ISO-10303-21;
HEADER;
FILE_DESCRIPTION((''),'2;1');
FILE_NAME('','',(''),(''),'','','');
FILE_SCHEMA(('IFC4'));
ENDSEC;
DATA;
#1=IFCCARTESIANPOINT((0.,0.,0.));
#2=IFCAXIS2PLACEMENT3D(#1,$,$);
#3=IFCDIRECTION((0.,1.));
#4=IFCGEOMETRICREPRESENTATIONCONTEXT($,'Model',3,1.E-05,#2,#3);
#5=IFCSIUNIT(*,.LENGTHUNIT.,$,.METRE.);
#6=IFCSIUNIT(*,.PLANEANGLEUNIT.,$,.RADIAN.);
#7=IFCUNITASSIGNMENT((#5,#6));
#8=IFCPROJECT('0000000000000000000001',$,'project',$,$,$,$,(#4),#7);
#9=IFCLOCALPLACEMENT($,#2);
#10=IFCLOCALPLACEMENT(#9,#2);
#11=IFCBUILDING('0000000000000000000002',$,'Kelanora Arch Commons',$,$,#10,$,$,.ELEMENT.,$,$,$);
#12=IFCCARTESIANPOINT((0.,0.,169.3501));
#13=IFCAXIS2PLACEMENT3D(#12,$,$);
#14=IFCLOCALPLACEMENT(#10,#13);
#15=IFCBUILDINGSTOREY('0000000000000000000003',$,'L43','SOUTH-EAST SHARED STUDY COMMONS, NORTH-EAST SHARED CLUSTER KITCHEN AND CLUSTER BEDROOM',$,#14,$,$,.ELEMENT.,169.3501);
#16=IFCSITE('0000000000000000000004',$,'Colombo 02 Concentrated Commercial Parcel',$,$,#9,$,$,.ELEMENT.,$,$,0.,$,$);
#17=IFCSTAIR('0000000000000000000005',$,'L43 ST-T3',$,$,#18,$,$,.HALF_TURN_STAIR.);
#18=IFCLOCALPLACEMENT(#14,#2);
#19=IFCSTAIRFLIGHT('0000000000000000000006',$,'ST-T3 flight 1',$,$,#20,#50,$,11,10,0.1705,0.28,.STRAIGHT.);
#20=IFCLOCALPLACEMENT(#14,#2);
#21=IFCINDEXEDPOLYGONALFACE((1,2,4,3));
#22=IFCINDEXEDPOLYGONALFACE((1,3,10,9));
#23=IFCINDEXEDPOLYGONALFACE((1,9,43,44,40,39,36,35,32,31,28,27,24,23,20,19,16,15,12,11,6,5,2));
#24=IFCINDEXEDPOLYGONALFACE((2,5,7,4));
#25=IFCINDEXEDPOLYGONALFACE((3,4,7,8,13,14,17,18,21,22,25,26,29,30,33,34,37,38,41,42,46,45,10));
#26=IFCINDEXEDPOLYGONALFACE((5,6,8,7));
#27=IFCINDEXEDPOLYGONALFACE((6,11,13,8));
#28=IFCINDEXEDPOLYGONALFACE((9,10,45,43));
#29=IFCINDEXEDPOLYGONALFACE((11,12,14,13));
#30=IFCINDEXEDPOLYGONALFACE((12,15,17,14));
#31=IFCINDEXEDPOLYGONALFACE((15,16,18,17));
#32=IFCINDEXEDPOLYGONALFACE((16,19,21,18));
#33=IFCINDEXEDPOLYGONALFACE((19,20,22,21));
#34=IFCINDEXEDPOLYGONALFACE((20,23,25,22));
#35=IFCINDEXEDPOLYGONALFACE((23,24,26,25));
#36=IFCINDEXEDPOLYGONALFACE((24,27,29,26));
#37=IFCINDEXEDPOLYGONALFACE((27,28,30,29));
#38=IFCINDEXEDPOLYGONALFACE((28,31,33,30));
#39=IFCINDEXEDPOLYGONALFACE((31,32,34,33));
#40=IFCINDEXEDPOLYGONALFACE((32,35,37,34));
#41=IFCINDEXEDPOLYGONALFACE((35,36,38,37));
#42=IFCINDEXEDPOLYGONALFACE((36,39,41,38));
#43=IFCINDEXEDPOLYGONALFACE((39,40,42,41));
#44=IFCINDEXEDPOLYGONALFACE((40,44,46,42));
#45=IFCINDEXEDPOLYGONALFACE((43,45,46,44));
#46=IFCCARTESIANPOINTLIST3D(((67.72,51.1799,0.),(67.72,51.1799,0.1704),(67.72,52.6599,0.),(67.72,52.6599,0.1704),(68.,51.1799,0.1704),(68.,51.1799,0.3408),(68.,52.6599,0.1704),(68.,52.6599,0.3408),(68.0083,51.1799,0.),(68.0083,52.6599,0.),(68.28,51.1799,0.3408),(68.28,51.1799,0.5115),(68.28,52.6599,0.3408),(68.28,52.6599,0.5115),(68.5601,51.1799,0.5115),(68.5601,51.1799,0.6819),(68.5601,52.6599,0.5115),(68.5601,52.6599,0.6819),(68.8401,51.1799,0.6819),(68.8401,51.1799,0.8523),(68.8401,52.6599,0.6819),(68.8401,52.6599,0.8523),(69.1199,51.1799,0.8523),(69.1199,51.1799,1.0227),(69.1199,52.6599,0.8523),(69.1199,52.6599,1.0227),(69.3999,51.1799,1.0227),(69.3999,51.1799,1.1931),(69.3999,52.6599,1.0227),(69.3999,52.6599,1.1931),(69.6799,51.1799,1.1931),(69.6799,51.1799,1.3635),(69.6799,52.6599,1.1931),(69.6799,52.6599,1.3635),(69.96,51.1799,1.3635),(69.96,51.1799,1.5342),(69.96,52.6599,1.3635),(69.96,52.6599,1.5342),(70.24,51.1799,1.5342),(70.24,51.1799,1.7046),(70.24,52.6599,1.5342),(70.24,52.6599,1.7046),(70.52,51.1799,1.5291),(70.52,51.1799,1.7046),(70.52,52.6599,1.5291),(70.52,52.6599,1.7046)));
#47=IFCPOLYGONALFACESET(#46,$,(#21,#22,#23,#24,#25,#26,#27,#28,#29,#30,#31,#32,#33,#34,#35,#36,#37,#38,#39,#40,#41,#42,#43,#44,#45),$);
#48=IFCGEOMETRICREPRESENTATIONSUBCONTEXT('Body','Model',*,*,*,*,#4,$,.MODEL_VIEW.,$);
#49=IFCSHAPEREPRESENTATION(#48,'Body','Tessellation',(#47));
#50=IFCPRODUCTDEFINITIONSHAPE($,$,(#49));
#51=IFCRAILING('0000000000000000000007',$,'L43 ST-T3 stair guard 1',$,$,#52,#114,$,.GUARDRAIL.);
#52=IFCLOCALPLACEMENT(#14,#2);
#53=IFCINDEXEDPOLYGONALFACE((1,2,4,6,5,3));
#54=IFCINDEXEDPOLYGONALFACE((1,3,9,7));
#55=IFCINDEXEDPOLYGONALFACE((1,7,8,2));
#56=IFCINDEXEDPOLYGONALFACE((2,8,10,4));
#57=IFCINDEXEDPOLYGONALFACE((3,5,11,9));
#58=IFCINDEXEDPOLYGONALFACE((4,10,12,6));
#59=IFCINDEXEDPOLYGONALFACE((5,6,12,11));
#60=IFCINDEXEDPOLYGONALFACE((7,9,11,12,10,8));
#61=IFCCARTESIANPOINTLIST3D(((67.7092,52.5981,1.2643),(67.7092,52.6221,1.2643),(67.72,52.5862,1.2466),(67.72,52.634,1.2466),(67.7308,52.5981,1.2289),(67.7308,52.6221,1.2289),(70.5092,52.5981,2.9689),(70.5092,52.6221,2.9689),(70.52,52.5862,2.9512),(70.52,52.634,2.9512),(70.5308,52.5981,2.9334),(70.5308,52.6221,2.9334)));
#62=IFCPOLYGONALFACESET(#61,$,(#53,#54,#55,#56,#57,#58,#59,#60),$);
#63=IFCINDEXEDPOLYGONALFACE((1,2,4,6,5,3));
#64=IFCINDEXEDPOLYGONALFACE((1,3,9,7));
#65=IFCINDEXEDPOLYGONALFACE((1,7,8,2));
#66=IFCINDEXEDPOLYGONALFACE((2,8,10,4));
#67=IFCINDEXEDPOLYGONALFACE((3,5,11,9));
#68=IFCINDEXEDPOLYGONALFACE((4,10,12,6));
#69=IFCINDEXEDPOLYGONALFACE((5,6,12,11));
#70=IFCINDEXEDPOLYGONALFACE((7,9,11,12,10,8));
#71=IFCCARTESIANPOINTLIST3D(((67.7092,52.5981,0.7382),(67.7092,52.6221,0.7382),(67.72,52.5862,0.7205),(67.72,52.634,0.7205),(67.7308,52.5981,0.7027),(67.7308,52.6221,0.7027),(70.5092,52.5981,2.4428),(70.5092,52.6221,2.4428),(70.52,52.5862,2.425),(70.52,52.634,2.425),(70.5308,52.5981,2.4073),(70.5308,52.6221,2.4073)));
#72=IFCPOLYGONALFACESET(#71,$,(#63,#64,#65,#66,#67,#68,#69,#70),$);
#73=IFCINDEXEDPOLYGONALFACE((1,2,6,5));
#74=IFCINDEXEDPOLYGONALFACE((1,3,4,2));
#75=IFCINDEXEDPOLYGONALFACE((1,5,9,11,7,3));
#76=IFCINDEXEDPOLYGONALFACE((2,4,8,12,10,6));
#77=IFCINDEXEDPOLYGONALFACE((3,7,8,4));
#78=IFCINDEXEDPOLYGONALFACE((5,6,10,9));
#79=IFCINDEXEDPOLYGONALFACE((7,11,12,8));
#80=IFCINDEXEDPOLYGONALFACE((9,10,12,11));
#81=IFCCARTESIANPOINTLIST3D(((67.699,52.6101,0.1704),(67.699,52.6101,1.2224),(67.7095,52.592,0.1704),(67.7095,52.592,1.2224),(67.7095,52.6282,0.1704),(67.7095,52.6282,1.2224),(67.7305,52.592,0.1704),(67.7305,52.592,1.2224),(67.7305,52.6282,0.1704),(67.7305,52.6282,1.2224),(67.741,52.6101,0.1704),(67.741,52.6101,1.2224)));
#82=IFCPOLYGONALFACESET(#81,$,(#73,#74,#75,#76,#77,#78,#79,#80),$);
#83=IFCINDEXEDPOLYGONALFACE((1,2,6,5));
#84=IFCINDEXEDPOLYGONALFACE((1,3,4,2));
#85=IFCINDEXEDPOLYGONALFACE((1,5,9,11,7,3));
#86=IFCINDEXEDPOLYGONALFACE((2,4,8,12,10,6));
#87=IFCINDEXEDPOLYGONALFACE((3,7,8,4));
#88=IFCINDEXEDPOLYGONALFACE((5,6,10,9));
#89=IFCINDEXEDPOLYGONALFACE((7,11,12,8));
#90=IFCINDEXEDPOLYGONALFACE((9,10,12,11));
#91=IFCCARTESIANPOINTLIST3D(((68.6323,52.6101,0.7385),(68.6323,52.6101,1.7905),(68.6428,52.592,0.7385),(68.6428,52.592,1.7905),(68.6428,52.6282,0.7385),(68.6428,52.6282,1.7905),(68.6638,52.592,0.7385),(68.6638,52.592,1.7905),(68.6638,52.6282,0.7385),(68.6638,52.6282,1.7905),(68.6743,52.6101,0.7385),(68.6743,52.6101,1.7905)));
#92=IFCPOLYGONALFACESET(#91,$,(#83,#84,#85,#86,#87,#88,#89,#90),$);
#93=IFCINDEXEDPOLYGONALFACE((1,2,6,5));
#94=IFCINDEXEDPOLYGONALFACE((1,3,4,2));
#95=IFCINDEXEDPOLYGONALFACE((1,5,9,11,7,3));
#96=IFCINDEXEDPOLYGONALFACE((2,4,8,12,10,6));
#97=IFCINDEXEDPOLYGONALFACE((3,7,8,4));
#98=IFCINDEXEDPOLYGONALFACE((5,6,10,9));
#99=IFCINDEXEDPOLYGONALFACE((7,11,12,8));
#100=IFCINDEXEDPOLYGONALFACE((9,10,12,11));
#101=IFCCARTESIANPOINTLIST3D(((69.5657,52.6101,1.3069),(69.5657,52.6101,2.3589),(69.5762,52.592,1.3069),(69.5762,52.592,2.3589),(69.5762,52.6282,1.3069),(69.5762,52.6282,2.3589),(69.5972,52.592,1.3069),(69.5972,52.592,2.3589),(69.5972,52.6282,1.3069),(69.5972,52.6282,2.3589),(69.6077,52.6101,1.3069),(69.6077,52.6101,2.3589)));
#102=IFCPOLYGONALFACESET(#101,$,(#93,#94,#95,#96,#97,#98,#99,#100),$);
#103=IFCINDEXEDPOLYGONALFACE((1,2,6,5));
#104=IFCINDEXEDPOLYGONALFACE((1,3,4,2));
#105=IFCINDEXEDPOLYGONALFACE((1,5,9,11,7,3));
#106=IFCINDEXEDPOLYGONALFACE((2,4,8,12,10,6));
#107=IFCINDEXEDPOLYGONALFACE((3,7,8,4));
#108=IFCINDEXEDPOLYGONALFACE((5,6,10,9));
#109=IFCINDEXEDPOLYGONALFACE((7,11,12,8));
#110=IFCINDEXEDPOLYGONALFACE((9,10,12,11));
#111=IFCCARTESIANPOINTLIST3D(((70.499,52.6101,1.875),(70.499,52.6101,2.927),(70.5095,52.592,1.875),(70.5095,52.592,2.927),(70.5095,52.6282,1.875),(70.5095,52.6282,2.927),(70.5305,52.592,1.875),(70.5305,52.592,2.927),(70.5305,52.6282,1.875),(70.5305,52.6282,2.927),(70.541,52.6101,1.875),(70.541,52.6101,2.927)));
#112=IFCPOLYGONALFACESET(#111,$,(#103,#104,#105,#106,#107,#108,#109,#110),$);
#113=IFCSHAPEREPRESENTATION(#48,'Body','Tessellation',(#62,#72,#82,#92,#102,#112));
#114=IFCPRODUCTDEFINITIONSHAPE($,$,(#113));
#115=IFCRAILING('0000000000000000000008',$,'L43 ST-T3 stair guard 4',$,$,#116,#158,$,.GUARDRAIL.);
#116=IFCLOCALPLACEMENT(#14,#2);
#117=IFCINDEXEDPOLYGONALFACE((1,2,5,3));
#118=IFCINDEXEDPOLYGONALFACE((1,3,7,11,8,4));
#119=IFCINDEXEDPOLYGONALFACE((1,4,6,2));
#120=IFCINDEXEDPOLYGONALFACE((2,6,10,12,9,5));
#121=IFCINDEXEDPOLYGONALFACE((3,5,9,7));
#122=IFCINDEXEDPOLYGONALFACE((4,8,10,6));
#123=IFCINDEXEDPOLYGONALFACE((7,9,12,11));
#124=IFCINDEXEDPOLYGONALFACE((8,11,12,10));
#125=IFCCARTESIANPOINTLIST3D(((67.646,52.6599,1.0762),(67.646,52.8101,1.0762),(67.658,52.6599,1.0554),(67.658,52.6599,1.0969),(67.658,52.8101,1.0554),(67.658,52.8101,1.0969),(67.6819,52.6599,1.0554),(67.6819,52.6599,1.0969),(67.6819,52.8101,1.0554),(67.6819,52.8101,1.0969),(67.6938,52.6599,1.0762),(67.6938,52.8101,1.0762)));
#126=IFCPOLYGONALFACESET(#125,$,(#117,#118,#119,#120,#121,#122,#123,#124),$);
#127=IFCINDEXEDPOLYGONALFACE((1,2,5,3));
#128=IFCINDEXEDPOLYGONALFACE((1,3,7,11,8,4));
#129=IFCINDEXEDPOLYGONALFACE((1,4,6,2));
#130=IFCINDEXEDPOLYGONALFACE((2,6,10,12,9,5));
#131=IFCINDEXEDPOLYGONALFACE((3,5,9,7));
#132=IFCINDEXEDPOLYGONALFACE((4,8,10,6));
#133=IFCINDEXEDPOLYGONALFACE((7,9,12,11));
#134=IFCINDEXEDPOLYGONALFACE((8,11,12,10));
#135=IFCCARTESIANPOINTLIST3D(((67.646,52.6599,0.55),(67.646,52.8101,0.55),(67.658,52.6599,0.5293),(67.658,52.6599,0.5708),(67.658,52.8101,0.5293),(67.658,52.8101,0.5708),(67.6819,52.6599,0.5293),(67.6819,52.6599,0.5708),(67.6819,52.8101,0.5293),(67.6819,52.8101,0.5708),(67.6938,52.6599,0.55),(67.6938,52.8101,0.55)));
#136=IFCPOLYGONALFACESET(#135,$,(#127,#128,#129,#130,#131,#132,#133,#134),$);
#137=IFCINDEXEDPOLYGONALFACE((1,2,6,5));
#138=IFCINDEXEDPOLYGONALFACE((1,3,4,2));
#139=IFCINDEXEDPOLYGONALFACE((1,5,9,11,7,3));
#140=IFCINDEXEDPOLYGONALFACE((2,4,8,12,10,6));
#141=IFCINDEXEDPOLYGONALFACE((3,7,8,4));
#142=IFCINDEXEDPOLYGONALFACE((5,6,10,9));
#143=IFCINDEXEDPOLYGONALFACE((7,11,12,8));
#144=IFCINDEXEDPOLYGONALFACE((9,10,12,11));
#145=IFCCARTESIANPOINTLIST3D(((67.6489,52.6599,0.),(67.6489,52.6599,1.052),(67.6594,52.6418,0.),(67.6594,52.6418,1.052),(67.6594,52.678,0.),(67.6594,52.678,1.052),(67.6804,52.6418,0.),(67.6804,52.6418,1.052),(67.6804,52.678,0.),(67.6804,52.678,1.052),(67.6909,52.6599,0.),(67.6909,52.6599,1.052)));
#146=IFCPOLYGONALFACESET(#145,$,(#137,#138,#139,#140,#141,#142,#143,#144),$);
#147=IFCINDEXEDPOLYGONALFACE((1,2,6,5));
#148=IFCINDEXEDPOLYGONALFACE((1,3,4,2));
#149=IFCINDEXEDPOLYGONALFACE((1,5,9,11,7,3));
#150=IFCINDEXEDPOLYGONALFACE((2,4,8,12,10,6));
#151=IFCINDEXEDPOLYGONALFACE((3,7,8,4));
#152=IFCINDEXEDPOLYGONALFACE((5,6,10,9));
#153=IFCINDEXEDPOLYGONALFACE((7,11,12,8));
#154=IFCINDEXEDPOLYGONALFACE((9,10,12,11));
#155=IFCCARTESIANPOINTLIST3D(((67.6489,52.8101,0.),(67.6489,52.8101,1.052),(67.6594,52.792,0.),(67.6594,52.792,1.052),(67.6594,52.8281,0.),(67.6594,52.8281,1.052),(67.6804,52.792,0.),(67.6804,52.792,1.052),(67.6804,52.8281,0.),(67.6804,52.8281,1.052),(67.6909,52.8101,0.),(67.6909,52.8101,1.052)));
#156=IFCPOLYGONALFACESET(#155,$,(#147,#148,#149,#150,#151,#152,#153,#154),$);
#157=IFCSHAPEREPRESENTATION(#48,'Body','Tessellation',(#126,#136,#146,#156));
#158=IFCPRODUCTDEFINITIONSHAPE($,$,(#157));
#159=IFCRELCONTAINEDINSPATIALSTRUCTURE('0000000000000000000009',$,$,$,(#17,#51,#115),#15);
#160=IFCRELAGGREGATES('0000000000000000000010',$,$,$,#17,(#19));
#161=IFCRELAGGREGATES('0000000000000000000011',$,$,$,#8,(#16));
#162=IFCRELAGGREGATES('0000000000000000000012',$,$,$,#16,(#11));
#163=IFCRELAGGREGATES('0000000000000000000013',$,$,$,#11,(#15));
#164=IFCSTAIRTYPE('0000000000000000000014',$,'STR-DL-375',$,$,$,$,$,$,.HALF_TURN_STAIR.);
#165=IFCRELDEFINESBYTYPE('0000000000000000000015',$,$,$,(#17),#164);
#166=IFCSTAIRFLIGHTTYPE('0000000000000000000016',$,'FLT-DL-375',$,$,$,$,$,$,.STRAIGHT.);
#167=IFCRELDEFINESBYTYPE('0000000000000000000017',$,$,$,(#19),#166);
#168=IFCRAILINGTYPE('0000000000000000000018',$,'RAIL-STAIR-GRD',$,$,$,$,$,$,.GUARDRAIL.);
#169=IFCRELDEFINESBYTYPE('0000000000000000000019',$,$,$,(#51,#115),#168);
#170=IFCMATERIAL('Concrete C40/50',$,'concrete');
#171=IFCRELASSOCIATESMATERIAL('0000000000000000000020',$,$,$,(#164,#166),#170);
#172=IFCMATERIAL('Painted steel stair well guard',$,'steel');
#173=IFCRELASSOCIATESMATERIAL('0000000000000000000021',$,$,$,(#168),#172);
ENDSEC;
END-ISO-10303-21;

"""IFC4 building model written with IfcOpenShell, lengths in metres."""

from ifc_helpers import new_model, si_unit, direction, frame, origin, place, context, subcontext, project, spatial, polyline, outline, extrude, material, type_object, element, aggregate, save


model = new_model("IFC4")

# Units and contexts
model_context = context("Model", 3, precision=1e-05, world=origin(), true_north=direction((0.0, 1.0)))
body_context = subcontext(model_context, "Body", "Model", "MODEL_VIEW")
ifc_project = project(units=[si_unit("LENGTHUNIT", "METRE"), si_unit("PLANEANGLEUNIT", "RADIAN")], contexts=[model_context])

# Site, building, storey
site_placement = place(None, origin())
site = spatial("IfcSite", under=ifc_project, at=site_placement, Name="Colombo 02 Concentrated Commercial Parcel", CompositionType="ELEMENT", RefElevation=0.0)
building_placement = place(site_placement, origin())
building = spatial("IfcBuilding", under=site, at=building_placement, Name="Kelanora Arch Commons", CompositionType="ELEMENT")
storey_placement = place(building_placement, frame((0.0, 0.0, 169.3501)))
storey = spatial("IfcBuildingStorey", under=building, at=storey_placement, Name="L43", Description="SOUTH-EAST SHARED STUDY COMMONS, NORTH-EAST SHARED CLUSTER KITCHEN AND CLUSTER BEDROOM", CompositionType="ELEMENT", Elevation=169.3501)

# Shared definitions
ifc_material_1 = material(Name="Concrete C40/50", Category="concrete")

# Stair, stair flight
stair_type = type_object("IfcStairType", Name="STR-DL-375", PredefinedType="HALF_TURN_STAIR", material=ifc_material_1)
stair_placement = place(storey_placement, origin())
stair = element("IfcStair", 1, at=stair_placement, inside=storey, type_object=stair_type, Name="L43 ST-T3", PredefinedType="HALF_TURN_STAIR")
stair_flight_type = type_object("IfcStairFlightType", Name="FLT-DL-375", PredefinedType="STRAIGHT", material=ifc_material_1)
stair_flight_placement = place(storey_placement, frame((67.72, 51.9199, 0.0), z_axis=(0.0, 0.0, 1.0), x_axis=(1.0, 0.0, 0.0)))
stair_flight = element("IfcStairFlight", 2, at=stair_flight_placement, type_object=stair_flight_type, Name="ST-T3 flight 1", NumberOfRisers=11, NumberOfTreads=10, PredefinedType="STRAIGHT", RiserHeight=0.1705, TreadLength=0.28, context=body_context, shape_type="SweptSolid", body=[
    extrude(outline(polyline([(0.0, 0.0), (0.0, 0.1704), (0.28, 0.1704), (0.28, 0.3408), (0.5601, 0.3408), (0.5601, 0.5115), (0.8401, 0.5115), (0.8401, 0.6819), (1.1201, 0.6819), (1.1201, 0.8523), (1.3999, 0.8523), (1.3999, 1.0227), (1.6799, 1.0227), (1.6799, 1.1931), (1.96, 1.1931), (1.96, 1.3635), (2.24, 1.3635), (2.24, 1.5342), (2.52, 1.5342), (2.52, 1.7046), (2.8, 1.7046), (2.8, 1.875), (2.8, 1.5291), (0.2883, 0.0), (0.0, 0.0)])), frame((0.0, 0.74, 0.0), z_axis=(0.0, -1.0, 0.0), x_axis=(1.0, 0.0, 0.0)), (0.0, 0.0, 1.0), 1.48),
])
aggregate(stair, [stair_flight])

# Railings
ifc_material_2 = material(Name="Painted steel stair well guard", Category="steel")
railing_type_1 = type_object("IfcRailingType", Name="RAIL-STAIR-GRD", PredefinedType="GUARDRAIL", material=ifc_material_2)
railing_1_placement = place(storey_placement, frame((67.72, 52.6101, 0.1704)))
element("IfcRailing", 3, at=railing_1_placement, inside=storey, type_object=railing_type_1, Name="L43 ST-T3 stair guard 1", PredefinedType="GUARDRAIL", context=body_context, shape_type="SweptSolid", body=[
    extrude(outline(polyline([(0.0239, 0.0), (0.012, 0.0208), (-0.012, 0.0208), (-0.0239, 0.0), (-0.012, -0.0208), (0.012, -0.0208), (0.0239, 0.0)])), frame((0.0, 0.0, 1.0762), z_axis=(0.85417, 0.0, 0.519994), x_axis=(0.0, 1.0, 0.0)), (0.0, 0.0, 1.0), 3.2781),
    extrude(outline(polyline([(0.0239, 0.0), (0.012, 0.0208), (-0.012, 0.0208), (-0.0239, 0.0), (-0.012, -0.0208), (0.012, -0.0208), (0.0239, 0.0)])), frame((0.0, 0.0, 0.55), z_axis=(0.85417, 0.0, 0.519994), x_axis=(0.0, 1.0, 0.0)), (0.0, 0.0, 1.0), 3.2781),
    extrude(outline(polyline([(0.021, 0.0), (0.0105, 0.0181), (-0.0105, 0.0181), (-0.021, 0.0), (-0.0105, -0.0181), (0.0105, -0.0181), (0.021, 0.0)])), origin(), (0.0, 0.0, 1.0), 1.052),
    extrude(outline(polyline([(0.021, 0.0), (0.0105, 0.0181), (-0.0105, 0.0181), (-0.021, 0.0), (-0.0105, -0.0181), (0.0105, -0.0181), (0.021, 0.0)])), frame((0.9333, 0.0, 0.5681)), (0.0, 0.0, 1.0), 1.052),
    extrude(outline(polyline([(0.021, 0.0), (0.0105, 0.0181), (-0.0105, 0.0181), (-0.021, 0.0), (-0.0105, -0.0181), (0.0105, -0.0181), (0.021, 0.0)])), frame((1.8667, 0.0, 1.1365)), (0.0, 0.0, 1.0), 1.052),
    extrude(outline(polyline([(0.021, 0.0), (0.0105, 0.0181), (-0.0105, 0.0181), (-0.021, 0.0), (-0.0105, -0.0181), (0.0105, -0.0181), (0.021, 0.0)])), frame((2.8, 0.0, 1.7046)), (0.0, 0.0, 1.0), 1.052),
])
railing_2_placement = place(storey_placement, frame((67.6699, 52.6599, 0.0)))
element("IfcRailing", 4, at=railing_2_placement, inside=storey, type_object=railing_type_1, Name="L43 ST-T3 stair guard 4", PredefinedType="GUARDRAIL", context=body_context, shape_type="SweptSolid", body=[
    extrude(outline(polyline([(0.0239, 0.0), (0.012, 0.0208), (-0.012, 0.0208), (-0.0239, 0.0), (-0.012, -0.0208), (0.012, -0.0208), (0.0239, 0.0)])), frame((0.0, 0.0, 1.0762), z_axis=(0.0, 1.0, 0.0), x_axis=(-1.0, 0.0, 0.0)), (0.0, 0.0, 1.0), 0.1501),
    extrude(outline(polyline([(0.0239, 0.0), (0.012, 0.0208), (-0.012, 0.0208), (-0.0239, 0.0), (-0.012, -0.0208), (0.012, -0.0208), (0.0239, 0.0)])), frame((0.0, 0.0, 0.55), z_axis=(0.0, 1.0, 0.0), x_axis=(-1.0, 0.0, 0.0)), (0.0, 0.0, 1.0), 0.1501),
    extrude(outline(polyline([(0.021, 0.0), (0.0105, 0.0181), (-0.0105, 0.0181), (-0.021, 0.0), (-0.0105, -0.0181), (0.0105, -0.0181), (0.021, 0.0)])), origin(), (0.0, 0.0, 1.0), 1.052),
    extrude(outline(polyline([(0.021, 0.0), (0.0105, 0.0181), (-0.0105, 0.0181), (-0.021, 0.0), (-0.0105, -0.0181), (0.0105, -0.0181), (0.021, 0.0)])), frame((0.0, 0.1501, 0.0)), (0.0, 0.0, 1.0), 1.052),
])

save(model, "model.ifc")
